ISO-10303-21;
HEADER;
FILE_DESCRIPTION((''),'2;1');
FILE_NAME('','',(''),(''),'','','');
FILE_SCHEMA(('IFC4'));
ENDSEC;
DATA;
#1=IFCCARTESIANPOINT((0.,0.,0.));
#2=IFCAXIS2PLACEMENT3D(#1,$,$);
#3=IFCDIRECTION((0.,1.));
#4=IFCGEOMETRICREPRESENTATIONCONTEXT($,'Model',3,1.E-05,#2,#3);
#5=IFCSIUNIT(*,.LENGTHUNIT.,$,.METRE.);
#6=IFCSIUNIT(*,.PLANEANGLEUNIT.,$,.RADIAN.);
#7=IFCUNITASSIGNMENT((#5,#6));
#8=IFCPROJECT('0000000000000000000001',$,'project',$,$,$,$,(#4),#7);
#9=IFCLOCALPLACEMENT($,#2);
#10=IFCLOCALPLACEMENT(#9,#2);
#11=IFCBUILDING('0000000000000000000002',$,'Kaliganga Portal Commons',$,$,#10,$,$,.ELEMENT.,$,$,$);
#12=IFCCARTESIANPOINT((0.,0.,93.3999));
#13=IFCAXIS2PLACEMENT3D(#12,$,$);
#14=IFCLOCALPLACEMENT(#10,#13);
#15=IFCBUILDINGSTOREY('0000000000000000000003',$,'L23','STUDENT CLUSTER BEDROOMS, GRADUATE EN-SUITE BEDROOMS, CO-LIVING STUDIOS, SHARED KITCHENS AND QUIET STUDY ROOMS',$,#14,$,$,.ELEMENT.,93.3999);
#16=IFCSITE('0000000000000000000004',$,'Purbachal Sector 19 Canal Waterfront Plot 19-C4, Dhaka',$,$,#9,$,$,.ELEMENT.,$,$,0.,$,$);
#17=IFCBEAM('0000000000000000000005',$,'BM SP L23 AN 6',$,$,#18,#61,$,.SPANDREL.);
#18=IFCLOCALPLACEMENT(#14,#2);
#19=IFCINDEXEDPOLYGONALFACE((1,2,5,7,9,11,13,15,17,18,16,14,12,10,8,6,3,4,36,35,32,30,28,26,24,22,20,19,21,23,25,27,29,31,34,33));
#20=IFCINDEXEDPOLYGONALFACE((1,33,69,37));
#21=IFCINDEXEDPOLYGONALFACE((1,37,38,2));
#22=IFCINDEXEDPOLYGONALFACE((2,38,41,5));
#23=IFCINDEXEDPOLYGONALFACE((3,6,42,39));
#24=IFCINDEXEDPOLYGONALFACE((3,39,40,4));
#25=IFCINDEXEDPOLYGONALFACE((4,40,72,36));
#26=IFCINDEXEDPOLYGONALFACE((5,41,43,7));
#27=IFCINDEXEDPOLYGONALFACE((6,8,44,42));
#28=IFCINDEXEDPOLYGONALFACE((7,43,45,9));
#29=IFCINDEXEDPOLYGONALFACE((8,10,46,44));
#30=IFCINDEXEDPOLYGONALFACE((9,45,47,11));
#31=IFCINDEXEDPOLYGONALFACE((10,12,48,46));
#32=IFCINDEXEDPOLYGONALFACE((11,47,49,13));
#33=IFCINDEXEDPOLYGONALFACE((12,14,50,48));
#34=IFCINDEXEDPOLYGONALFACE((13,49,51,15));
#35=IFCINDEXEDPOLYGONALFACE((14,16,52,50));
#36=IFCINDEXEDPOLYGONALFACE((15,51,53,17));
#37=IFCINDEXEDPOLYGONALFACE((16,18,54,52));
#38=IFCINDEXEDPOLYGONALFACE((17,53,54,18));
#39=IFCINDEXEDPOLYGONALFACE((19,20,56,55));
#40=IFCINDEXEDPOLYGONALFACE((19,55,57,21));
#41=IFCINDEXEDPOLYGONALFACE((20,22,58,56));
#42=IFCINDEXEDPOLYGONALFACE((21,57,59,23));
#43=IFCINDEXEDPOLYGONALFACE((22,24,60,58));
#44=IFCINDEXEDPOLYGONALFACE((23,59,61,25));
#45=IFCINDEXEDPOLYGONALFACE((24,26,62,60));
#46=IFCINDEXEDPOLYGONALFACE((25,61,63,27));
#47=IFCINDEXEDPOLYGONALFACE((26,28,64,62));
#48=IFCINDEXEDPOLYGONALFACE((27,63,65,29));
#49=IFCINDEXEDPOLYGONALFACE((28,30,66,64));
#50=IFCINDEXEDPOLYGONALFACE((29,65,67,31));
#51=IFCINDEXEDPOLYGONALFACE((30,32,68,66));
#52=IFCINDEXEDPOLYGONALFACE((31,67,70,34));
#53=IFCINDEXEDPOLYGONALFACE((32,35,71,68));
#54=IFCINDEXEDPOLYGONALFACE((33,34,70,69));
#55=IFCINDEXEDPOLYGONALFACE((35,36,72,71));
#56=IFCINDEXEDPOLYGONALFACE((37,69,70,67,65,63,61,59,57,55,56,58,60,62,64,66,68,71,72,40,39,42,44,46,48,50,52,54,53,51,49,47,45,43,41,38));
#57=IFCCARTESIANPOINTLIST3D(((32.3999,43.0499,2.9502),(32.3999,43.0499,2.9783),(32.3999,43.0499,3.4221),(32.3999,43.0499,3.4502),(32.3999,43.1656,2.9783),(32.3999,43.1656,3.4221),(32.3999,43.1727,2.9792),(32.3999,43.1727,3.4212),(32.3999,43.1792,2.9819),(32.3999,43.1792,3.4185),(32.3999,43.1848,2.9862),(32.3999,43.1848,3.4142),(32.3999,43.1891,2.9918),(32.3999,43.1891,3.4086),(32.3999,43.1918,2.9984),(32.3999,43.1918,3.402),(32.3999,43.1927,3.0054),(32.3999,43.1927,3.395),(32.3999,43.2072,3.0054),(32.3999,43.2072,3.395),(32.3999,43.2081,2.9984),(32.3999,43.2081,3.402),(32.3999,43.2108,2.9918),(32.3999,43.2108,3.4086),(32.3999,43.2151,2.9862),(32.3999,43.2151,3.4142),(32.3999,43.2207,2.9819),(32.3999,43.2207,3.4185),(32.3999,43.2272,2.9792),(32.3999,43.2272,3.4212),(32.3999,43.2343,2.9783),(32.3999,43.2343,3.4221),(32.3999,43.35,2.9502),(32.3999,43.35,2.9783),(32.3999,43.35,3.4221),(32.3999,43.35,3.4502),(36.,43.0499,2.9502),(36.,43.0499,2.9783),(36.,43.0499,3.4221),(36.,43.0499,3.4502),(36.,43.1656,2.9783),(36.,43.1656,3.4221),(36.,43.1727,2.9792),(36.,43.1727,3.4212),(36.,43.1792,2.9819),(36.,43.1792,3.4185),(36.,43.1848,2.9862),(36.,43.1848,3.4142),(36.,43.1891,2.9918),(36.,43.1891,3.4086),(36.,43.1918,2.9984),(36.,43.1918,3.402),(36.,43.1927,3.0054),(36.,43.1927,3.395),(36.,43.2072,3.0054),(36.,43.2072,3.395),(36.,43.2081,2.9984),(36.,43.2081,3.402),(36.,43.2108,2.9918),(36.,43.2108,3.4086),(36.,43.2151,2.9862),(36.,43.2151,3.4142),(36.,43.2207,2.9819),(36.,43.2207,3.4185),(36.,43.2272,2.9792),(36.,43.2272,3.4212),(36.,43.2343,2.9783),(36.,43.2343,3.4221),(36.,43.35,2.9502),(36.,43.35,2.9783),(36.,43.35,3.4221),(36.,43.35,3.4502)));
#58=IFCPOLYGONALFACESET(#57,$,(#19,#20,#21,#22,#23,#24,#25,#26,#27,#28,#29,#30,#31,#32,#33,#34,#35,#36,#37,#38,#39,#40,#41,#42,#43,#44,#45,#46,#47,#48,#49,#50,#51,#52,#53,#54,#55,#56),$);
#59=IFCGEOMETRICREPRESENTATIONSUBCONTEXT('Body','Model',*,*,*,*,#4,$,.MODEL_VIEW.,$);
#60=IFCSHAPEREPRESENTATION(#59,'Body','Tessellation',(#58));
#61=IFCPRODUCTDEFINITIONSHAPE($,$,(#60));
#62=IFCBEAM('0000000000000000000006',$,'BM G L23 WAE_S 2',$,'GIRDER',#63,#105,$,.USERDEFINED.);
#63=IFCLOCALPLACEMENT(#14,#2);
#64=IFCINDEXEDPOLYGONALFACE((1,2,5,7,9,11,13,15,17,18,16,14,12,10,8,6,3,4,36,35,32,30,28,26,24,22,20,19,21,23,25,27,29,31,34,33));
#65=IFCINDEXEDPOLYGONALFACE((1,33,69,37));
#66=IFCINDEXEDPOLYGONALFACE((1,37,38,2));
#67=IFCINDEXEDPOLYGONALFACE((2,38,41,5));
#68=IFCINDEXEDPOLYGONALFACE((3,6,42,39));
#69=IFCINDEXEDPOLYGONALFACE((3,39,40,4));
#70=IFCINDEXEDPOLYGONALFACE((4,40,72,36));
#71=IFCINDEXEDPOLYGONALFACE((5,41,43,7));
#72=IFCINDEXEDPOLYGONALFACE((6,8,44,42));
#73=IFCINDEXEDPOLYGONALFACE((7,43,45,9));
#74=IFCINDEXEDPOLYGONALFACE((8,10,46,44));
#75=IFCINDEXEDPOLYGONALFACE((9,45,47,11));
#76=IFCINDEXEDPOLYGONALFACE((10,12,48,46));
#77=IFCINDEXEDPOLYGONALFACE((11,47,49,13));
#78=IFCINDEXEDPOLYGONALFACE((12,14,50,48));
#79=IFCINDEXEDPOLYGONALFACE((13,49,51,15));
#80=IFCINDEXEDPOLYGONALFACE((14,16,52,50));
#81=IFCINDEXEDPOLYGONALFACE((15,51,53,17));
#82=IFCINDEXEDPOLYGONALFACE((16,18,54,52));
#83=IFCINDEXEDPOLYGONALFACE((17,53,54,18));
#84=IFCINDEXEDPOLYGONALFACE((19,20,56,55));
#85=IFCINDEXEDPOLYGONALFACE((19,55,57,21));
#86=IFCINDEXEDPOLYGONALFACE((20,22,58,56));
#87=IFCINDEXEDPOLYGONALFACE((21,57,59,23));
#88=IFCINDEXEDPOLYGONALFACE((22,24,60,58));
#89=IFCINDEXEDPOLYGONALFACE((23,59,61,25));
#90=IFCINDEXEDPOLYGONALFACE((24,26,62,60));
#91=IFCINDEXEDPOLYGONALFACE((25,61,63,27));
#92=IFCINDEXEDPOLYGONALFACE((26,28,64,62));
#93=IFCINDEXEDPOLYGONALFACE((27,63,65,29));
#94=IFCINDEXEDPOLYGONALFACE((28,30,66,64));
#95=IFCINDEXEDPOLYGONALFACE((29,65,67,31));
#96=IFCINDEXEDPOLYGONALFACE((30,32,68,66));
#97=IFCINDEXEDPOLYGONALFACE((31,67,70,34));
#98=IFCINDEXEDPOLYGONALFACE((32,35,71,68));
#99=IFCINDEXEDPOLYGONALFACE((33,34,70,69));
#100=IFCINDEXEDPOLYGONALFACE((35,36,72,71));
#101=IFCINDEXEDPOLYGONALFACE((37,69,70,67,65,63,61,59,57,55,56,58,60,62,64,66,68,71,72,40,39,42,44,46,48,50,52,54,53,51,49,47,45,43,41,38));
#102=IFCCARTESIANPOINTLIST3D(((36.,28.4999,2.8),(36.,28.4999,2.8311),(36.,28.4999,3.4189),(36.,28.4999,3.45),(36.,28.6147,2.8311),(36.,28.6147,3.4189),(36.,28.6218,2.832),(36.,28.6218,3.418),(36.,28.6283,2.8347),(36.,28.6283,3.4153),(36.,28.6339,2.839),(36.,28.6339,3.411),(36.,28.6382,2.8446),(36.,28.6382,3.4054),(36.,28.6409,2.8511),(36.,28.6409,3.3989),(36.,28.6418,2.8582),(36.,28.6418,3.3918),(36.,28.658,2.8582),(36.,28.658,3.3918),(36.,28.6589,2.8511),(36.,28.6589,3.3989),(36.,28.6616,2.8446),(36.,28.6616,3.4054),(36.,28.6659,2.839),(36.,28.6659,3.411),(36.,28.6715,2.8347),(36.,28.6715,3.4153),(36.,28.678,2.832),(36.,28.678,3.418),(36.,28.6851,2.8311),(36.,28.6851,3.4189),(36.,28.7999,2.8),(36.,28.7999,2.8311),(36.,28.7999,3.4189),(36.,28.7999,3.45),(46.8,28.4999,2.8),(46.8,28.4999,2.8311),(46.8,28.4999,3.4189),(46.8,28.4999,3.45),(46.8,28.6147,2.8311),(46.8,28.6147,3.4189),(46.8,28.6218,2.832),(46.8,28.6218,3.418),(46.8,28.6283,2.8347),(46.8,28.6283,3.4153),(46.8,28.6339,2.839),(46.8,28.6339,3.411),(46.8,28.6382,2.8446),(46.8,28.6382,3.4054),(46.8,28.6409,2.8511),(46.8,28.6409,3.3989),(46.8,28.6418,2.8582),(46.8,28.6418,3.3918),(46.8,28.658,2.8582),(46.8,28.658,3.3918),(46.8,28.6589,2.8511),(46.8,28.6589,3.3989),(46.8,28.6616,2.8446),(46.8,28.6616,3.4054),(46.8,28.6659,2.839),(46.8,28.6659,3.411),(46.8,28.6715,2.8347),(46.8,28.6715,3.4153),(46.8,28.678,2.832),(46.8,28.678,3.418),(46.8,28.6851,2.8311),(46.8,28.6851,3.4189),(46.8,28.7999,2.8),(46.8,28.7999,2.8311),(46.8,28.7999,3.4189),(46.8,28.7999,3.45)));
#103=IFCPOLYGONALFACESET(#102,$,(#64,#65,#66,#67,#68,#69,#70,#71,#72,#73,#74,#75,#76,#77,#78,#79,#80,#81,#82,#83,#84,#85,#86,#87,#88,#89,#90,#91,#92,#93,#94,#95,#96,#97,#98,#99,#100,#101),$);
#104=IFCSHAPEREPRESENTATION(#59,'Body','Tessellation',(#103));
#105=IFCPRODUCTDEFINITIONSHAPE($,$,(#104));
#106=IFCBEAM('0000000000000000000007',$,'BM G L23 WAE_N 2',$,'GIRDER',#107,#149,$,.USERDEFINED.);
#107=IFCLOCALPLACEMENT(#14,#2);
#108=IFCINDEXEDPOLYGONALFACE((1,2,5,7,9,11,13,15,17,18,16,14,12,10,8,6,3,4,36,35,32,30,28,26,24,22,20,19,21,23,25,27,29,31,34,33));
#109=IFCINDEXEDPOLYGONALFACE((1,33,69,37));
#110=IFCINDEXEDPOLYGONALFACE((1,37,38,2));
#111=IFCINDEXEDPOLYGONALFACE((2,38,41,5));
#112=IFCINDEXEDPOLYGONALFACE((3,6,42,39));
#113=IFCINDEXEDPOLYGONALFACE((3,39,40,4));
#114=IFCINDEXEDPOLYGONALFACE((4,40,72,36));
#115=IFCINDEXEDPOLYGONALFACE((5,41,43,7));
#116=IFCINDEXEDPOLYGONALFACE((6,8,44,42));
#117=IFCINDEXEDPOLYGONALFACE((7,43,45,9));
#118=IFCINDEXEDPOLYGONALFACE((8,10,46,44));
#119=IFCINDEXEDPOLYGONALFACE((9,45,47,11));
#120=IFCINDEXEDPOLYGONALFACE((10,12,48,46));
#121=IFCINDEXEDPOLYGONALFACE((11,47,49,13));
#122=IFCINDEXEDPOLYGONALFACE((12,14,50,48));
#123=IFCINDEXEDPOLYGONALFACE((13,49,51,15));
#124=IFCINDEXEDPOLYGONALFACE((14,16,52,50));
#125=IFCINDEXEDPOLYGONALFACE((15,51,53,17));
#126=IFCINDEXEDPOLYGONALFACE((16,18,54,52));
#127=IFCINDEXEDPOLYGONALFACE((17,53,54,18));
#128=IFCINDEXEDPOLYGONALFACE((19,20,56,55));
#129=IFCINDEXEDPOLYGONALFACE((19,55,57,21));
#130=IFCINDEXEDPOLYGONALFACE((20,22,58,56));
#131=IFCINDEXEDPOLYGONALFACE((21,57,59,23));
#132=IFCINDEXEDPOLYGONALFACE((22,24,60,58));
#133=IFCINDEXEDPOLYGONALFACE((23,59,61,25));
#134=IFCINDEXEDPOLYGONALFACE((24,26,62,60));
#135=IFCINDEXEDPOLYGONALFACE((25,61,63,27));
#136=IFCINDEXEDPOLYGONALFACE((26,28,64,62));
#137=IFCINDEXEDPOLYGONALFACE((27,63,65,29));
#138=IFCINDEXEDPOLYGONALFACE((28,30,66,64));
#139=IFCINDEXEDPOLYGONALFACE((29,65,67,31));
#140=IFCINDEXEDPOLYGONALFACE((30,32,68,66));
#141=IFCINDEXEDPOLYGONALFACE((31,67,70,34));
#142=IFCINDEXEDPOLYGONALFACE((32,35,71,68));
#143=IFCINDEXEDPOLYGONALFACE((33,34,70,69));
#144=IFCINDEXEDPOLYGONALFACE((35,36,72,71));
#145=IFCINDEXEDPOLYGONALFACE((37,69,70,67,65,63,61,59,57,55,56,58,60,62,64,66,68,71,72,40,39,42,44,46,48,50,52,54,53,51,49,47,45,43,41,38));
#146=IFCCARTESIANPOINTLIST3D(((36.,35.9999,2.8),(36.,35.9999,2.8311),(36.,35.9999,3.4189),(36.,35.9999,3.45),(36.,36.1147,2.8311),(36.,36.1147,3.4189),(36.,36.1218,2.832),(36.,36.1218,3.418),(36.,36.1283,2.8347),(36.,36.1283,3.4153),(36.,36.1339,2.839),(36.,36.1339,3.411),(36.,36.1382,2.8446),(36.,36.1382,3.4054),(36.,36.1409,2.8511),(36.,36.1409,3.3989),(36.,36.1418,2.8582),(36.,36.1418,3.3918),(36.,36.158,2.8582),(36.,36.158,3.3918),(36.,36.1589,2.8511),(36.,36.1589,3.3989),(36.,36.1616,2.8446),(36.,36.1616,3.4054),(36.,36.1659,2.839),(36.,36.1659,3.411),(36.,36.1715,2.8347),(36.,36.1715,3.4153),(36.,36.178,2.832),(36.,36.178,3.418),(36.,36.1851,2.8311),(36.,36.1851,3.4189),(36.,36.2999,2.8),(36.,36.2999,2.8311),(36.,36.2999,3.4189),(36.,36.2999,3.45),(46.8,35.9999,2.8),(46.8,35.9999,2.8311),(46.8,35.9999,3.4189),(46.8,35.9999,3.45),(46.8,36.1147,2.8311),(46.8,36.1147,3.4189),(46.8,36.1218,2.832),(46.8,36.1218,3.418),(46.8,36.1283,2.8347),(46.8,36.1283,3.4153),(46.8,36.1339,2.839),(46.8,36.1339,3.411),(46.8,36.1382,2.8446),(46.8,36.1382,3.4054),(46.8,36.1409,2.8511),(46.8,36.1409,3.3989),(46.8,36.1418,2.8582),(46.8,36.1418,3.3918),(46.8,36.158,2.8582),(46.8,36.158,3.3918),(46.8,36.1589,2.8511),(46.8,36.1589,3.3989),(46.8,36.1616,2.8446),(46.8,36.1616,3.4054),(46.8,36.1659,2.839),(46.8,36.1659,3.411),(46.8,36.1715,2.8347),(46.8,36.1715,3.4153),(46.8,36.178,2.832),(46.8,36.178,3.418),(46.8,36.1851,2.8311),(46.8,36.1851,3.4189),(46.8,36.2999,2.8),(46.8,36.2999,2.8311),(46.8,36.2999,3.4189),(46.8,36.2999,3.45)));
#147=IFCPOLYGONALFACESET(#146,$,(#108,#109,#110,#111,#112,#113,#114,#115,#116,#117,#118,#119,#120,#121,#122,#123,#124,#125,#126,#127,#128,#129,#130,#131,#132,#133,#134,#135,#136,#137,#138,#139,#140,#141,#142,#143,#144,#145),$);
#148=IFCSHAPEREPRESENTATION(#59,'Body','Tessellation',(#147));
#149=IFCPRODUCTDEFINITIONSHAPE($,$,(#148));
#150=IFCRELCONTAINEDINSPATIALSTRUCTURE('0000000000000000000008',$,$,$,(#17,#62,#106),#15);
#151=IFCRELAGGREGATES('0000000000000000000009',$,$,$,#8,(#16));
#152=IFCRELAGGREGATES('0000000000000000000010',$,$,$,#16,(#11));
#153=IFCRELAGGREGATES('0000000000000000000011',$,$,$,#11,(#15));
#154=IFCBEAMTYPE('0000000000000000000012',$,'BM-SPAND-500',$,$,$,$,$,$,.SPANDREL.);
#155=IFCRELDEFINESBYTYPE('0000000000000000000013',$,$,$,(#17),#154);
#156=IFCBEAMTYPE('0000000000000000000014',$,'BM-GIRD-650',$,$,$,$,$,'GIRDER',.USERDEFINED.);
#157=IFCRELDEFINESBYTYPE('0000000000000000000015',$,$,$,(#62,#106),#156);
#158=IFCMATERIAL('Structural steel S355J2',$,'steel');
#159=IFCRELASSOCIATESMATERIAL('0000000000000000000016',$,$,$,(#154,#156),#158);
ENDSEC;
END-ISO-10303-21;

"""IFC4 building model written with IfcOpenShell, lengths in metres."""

from ifc_helpers import new_model, si_unit, direction, frame, origin, origin_2d, place, context, subcontext, project, spatial, i_section, extrude, source, transform, mapped, material, material_profile, profile_set, type_object, element, save


model = new_model("IFC4")

# Units and contexts
model_context = context("Model", 3, precision=1e-05, world=origin(), true_north=direction((0.0, 1.0)))
body_context = subcontext(model_context, "Body", "Model", "MODEL_VIEW")
ifc_project = project(units=[si_unit("LENGTHUNIT", "METRE"), si_unit("PLANEANGLEUNIT", "RADIAN")], contexts=[model_context])

# Site, building, storey
site_placement = place(None, origin())
site = spatial("IfcSite", under=ifc_project, at=site_placement, Name="Purbachal Sector 19 Canal Waterfront Plot 19-C4, Dhaka", CompositionType="ELEMENT", RefElevation=0.0)
building_placement = place(site_placement, origin())
building = spatial("IfcBuilding", under=site, at=building_placement, Name="Kaliganga Portal Commons", CompositionType="ELEMENT")
storey_placement = place(building_placement, frame((0.0, 0.0, 93.3999)))
storey = spatial("IfcBuildingStorey", under=building, at=storey_placement, Name="L23", Description="STUDENT CLUSTER BEDROOMS, GRADUATE EN-SUITE BEDROOMS, CO-LIVING STUDIOS, SHARED KITCHENS AND QUIET STUDY ROOMS", CompositionType="ELEMENT", Elevation=93.3999)

# Beams
ifc_material_1 = material(Name="Structural steel S355J2", Category="steel")
ifc_material_profile_1 = material_profile(ifc_material_1, i_section(OverallWidth=0.3, OverallDepth=0.5, WebThickness=0.0144, FlangeThickness=0.0281, FilletRadius=0.0271, at=origin_2d()), Name="HE 500 B")
ifc_profile_set_1 = profile_set([ifc_material_profile_1], Name="Structural steel S355J2 wide-flange")
beam_type_1 = type_object("IfcBeamType", Name="BM-SPAND-500", PredefinedType="SPANDREL", material=ifc_profile_set_1)
shared_shape_1 = source(origin(), body_context, "Body", "SweptSolid", [
    extrude(i_section(OverallWidth=0.3, OverallDepth=0.5, WebThickness=0.0144, FlangeThickness=0.0281, FilletRadius=0.0271, at=origin_2d()), origin(), (0.0, 0.0, 1.0), 3.6001),
])
beam_1_placement = place(storey_placement, frame((32.3999, 43.2, 3.2002), z_axis=(1.0, 0.0, 0.0), x_axis=(0.0, 1.0, 0.0)))
element("IfcBeam", 1, at=beam_1_placement, inside=storey, type_object=beam_type_1, Name="BM SP L23 AN 6", PredefinedType="SPANDREL", context=body_context, shape_type="MappedRepresentation", body=[
    mapped(shared_shape_1, transform((0.0, 0.0, 0.0), x_axis=(1.0, 0.0, 0.0), y_axis=(0.0, 1.0, 0.0), z_axis=(0.0, 0.0, 1.0), scale=1.0)),
])
ifc_material_profile_2 = material_profile(ifc_material_1, i_section(OverallWidth=0.3, OverallDepth=0.6499, WebThickness=0.0161, FlangeThickness=0.031, FilletRadius=0.0271, at=origin_2d()), Name="HE 650 B")
ifc_profile_set_2 = profile_set([ifc_material_profile_2], Name="Structural steel S355J2 wide-flange")
beam_type_2 = type_object("IfcBeamType", Name="BM-GIRD-650", ElementType="GIRDER", PredefinedType="USERDEFINED", material=ifc_profile_set_2)
shared_shape_2 = source(origin(), body_context, "Body", "SweptSolid", [
    extrude(i_section(OverallWidth=0.3, OverallDepth=0.6499, WebThickness=0.0161, FlangeThickness=0.031, FilletRadius=0.0271, at=origin_2d()), origin(), (0.0, 0.0, 1.0), 10.8),
])
for number, where, z_axis, x_axis, name in (
    (2, (36.0, 28.6499, 3.125), (1.0, 0.0, 0.0), (0.0, 1.0, 0.0), "BM G L23 WAE_S 2"),
    (3, (36.0, 36.1499, 3.125), (1.0, 0.0, 0.0), (0.0, 1.0, 0.0), "BM G L23 WAE_N 2"),
):
    element("IfcBeam", number, at=place(storey_placement, frame(where, z_axis=z_axis, x_axis=x_axis)), inside=storey, type_object=beam_type_2, Name=name, ObjectType="GIRDER", PredefinedType="USERDEFINED", context=body_context, shape_type="MappedRepresentation", body=[
        mapped(shared_shape_2, transform((0.0, 0.0, 0.0), x_axis=(1.0, 0.0, 0.0), y_axis=(0.0, 1.0, 0.0), z_axis=(0.0, 0.0, 1.0), scale=1.0)),
    ])

save(model, "model.ifc")
